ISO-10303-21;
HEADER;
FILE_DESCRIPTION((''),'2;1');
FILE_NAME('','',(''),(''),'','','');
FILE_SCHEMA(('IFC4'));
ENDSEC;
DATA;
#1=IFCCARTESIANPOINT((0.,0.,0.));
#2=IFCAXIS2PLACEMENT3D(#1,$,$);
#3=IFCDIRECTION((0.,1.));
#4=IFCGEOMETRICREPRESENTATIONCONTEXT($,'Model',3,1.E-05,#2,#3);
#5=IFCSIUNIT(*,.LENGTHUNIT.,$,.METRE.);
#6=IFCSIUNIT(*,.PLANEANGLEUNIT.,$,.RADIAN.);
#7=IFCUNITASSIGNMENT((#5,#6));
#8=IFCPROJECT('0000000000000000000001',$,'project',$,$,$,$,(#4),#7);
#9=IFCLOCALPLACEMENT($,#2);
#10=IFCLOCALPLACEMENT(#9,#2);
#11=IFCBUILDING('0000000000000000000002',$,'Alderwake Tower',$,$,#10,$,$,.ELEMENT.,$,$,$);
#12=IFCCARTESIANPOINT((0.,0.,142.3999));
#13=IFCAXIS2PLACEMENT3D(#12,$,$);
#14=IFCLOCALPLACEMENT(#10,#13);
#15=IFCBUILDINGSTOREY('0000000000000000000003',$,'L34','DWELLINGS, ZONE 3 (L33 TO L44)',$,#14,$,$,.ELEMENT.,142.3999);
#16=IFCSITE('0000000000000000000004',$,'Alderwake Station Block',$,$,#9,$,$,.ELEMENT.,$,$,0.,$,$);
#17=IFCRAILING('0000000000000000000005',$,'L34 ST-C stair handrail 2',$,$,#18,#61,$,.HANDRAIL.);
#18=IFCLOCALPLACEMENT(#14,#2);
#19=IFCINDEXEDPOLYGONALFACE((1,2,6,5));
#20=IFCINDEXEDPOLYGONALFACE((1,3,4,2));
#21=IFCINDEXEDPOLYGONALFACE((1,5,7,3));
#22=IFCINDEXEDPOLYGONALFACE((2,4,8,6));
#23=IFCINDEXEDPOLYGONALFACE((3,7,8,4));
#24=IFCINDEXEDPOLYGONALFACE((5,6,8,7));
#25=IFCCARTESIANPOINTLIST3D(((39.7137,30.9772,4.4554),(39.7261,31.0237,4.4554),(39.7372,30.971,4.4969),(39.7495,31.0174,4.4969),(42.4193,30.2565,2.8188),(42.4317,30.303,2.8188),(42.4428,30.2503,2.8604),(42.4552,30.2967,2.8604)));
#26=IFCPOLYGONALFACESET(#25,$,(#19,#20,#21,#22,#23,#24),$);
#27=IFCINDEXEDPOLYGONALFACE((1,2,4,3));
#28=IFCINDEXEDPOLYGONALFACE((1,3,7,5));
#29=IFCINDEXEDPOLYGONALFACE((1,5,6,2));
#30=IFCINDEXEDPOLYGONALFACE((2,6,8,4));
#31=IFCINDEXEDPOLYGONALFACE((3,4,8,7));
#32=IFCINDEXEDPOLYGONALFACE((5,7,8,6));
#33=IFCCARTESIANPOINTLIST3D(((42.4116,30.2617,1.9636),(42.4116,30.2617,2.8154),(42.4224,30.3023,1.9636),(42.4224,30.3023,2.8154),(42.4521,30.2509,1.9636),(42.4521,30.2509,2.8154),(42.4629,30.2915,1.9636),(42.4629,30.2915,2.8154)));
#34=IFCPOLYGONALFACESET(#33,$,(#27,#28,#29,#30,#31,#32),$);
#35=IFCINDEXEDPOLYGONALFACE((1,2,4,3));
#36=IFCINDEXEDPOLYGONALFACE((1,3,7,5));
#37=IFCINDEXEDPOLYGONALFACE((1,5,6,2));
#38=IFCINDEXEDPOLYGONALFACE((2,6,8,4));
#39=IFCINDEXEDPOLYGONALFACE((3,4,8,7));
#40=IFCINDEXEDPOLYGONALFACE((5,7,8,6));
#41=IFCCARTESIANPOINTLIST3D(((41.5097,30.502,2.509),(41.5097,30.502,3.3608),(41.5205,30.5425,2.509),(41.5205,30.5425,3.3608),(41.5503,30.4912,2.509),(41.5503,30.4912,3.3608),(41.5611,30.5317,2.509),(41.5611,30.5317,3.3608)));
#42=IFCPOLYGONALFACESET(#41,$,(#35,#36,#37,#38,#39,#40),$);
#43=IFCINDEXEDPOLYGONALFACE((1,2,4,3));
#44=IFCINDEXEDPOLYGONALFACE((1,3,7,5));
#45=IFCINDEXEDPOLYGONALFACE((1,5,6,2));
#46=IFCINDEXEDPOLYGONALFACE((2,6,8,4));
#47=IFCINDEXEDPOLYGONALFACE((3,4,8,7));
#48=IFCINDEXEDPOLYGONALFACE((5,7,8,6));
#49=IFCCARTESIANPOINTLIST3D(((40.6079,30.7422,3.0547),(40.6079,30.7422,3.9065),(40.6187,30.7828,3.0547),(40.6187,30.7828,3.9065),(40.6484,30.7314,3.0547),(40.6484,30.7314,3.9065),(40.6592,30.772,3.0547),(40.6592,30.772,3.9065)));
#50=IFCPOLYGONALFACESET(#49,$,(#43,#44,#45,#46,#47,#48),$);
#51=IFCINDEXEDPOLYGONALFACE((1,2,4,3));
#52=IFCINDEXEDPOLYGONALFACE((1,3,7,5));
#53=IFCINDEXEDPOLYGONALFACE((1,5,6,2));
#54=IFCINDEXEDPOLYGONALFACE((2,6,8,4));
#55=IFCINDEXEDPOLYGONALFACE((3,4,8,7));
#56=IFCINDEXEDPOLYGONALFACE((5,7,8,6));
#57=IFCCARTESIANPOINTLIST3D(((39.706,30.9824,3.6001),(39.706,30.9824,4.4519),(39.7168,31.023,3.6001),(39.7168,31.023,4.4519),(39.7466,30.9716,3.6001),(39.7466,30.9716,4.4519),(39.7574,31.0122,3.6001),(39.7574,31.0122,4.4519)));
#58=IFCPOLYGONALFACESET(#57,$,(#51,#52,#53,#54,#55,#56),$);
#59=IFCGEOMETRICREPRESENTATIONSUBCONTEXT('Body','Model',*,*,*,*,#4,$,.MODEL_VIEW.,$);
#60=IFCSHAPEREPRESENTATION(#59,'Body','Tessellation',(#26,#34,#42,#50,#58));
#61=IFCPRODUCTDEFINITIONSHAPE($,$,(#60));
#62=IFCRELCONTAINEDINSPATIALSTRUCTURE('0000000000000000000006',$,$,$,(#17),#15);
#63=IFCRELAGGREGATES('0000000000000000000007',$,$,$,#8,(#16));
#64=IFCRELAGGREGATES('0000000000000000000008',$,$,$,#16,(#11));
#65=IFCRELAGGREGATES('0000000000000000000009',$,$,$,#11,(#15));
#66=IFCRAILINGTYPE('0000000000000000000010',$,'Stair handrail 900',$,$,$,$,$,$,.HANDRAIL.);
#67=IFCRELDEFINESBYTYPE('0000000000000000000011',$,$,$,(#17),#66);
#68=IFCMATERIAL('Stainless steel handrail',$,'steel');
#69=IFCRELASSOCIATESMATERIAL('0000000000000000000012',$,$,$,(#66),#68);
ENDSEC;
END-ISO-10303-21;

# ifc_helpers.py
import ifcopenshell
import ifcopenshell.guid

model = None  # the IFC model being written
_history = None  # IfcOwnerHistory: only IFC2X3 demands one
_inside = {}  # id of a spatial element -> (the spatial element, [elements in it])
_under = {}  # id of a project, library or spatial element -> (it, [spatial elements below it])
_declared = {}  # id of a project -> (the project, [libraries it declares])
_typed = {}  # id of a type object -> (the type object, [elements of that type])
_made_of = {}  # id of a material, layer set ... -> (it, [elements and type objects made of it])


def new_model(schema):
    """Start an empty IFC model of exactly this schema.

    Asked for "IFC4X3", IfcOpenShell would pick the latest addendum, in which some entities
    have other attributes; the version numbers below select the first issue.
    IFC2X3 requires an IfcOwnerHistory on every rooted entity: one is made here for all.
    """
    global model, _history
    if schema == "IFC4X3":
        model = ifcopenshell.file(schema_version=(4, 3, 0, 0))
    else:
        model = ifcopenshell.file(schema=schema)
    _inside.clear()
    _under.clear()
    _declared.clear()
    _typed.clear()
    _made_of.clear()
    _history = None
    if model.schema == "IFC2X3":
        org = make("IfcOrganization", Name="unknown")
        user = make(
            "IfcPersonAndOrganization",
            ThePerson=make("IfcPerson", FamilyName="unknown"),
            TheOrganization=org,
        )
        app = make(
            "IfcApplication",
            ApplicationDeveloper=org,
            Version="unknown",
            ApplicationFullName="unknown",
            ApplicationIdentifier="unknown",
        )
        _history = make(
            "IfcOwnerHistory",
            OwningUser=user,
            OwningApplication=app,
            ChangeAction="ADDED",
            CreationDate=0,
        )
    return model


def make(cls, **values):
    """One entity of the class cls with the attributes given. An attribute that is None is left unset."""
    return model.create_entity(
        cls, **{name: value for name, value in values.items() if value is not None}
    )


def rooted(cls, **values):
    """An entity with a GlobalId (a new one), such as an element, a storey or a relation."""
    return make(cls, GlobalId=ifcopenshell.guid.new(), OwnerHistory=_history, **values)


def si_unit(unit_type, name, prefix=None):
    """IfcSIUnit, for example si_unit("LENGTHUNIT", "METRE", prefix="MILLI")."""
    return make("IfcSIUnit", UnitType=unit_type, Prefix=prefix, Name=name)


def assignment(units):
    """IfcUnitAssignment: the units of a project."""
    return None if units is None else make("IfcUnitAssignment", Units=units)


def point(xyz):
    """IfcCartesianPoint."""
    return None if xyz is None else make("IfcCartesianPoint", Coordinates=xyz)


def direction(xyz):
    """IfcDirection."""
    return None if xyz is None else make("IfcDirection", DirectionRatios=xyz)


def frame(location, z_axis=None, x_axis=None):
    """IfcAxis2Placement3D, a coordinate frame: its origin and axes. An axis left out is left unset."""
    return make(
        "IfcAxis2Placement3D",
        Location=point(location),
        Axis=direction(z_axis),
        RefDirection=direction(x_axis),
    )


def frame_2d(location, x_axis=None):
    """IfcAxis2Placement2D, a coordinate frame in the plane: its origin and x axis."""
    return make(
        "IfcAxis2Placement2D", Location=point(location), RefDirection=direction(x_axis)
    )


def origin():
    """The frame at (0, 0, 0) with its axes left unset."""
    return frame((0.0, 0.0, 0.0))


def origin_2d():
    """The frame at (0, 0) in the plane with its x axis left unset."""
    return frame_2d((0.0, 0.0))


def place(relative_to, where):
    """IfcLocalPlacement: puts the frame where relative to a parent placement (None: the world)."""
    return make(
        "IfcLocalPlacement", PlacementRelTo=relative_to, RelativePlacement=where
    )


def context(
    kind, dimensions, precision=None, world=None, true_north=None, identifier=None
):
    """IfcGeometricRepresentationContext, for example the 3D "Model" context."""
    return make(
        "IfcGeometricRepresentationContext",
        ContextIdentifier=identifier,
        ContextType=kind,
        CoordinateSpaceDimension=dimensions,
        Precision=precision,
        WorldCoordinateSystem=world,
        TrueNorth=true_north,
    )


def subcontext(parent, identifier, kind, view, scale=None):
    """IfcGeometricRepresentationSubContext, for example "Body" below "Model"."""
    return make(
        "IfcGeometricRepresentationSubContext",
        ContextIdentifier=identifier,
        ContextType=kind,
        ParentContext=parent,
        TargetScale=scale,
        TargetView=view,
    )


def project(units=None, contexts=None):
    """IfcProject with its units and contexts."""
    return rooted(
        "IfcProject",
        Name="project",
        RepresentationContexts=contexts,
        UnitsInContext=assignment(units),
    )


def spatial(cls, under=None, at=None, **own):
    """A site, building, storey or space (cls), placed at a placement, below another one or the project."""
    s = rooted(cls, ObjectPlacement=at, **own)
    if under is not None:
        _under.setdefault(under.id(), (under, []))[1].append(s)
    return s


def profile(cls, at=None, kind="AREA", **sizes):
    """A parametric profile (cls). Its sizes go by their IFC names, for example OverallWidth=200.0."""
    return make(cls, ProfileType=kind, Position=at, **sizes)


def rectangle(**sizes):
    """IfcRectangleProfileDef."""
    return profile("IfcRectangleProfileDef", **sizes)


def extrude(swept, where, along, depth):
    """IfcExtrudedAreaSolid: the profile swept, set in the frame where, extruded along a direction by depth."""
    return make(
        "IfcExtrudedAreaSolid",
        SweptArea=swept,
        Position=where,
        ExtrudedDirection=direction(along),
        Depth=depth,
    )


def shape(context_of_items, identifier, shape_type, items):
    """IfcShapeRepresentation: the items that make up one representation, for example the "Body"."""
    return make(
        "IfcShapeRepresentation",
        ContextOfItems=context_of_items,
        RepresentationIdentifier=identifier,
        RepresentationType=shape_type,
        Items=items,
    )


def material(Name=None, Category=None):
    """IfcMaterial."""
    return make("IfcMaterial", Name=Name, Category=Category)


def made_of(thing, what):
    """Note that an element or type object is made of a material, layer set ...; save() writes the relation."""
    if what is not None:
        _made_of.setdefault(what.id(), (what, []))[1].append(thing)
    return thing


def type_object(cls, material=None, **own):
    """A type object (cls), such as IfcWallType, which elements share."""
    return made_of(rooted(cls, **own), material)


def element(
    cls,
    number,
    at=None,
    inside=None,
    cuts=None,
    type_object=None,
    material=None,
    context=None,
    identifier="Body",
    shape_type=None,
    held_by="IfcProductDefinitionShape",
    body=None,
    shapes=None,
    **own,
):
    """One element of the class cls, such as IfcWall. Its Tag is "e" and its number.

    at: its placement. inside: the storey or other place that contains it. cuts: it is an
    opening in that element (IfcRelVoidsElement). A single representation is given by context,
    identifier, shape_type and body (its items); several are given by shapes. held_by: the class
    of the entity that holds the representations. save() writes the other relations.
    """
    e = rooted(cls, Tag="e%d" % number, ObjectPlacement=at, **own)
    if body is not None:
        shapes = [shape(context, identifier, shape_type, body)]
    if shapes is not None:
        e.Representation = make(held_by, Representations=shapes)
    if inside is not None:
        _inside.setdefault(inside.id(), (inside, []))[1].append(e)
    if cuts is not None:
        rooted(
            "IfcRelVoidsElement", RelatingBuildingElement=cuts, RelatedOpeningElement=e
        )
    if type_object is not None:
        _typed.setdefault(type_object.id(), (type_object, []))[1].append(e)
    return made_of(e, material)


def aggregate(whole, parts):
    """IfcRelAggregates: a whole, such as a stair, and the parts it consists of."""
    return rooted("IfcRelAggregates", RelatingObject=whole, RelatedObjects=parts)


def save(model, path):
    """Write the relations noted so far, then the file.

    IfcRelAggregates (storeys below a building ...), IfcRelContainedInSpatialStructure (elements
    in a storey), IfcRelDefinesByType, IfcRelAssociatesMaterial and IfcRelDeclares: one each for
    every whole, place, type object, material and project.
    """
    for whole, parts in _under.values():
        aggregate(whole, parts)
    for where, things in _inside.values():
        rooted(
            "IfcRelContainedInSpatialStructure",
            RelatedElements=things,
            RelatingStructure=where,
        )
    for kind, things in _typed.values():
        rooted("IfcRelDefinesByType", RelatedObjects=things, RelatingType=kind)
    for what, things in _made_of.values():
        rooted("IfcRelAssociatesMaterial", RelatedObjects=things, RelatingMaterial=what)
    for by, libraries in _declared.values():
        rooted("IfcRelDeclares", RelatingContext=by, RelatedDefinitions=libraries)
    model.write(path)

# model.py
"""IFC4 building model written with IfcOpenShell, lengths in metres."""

from ifc_helpers import new_model, si_unit, direction, frame, origin, origin_2d, place, context, subcontext, project, spatial, rectangle, extrude, material, type_object, element, save


model = new_model("IFC4")

# Units and contexts
model_context = context("Model", 3, precision=1e-05, world=origin(), true_north=direction((0.0, 1.0)))
body_context = subcontext(model_context, "Body", "Model", "MODEL_VIEW")
ifc_project = project(units=[si_unit("LENGTHUNIT", "METRE"), si_unit("PLANEANGLEUNIT", "RADIAN")], contexts=[model_context])

# Site, building, storey
site_placement = place(None, origin())
site = spatial("IfcSite", under=ifc_project, at=site_placement, Name="Alderwake Station Block", CompositionType="ELEMENT", RefElevation=0.0)
building_placement = place(site_placement, origin())
building = spatial("IfcBuilding", under=site, at=building_placement, Name="Alderwake Tower", CompositionType="ELEMENT")
storey_placement = place(building_placement, frame((0.0, 0.0, 142.3999)))
storey = spatial("IfcBuildingStorey", under=building, at=storey_placement, Name="L34", Description="DWELLINGS, ZONE 3 (L33 TO L44)", CompositionType="ELEMENT", Elevation=142.3999)

# Railing
ifc_material_1 = material(Name="Stainless steel handrail", Category="steel")
railing_type_1 = type_object("IfcRailingType", Name="Stair handrail 900", PredefinedType="HANDRAIL", material=ifc_material_1)
railing_1_placement = place(storey_placement, frame((42.4373, 30.2766, 1.9636)))
element("IfcRailing", 1, at=railing_1_placement, inside=storey, type_object=railing_type_1, Name="L34 ST-C stair handrail 2", PredefinedType="HANDRAIL", context=body_context, shape_type="SweptSolid", body=[
    extrude(rectangle(XDim=0.0481, YDim=0.0481, at=origin_2d()), frame((0.0, 0.0, 0.876), z_axis=(-0.834259, 0.222228, 0.504605), x_axis=(-0.257402, -0.966304, 0.0)), (0.0, 0.0, 1.0), 3.2432),
    extrude(rectangle(XDim=0.042, YDim=0.042, at=origin_2d()), frame((0.0, 0.0, 0.0), z_axis=(0.0, 0.0, 1.0), x_axis=(-0.966304, 0.257402, 0.0)), (0.0, 0.0, 1.0), 0.8518),
    extrude(rectangle(XDim=0.042, YDim=0.042, at=origin_2d()), frame((-0.9019, 0.2402, 0.5454), z_axis=(0.0, 0.0, 1.0), x_axis=(-0.966304, 0.257402, 0.0)), (0.0, 0.0, 1.0), 0.8518),
    extrude(rectangle(XDim=0.042, YDim=0.042, at=origin_2d()), frame((-1.8037, 0.4805, 1.0911), z_axis=(0.0, 0.0, 1.0), x_axis=(-0.966304, 0.257402, 0.0)), (0.0, 0.0, 1.0), 0.8518),
    extrude(rectangle(XDim=0.042, YDim=0.042, at=origin_2d()), frame((-2.7056, 0.7207, 1.6365), z_axis=(0.0, 0.0, 1.0), x_axis=(-0.966304, 0.257402, 0.0)), (0.0, 0.0, 1.0), 0.8518),
])

save(model, "model.ifc")
